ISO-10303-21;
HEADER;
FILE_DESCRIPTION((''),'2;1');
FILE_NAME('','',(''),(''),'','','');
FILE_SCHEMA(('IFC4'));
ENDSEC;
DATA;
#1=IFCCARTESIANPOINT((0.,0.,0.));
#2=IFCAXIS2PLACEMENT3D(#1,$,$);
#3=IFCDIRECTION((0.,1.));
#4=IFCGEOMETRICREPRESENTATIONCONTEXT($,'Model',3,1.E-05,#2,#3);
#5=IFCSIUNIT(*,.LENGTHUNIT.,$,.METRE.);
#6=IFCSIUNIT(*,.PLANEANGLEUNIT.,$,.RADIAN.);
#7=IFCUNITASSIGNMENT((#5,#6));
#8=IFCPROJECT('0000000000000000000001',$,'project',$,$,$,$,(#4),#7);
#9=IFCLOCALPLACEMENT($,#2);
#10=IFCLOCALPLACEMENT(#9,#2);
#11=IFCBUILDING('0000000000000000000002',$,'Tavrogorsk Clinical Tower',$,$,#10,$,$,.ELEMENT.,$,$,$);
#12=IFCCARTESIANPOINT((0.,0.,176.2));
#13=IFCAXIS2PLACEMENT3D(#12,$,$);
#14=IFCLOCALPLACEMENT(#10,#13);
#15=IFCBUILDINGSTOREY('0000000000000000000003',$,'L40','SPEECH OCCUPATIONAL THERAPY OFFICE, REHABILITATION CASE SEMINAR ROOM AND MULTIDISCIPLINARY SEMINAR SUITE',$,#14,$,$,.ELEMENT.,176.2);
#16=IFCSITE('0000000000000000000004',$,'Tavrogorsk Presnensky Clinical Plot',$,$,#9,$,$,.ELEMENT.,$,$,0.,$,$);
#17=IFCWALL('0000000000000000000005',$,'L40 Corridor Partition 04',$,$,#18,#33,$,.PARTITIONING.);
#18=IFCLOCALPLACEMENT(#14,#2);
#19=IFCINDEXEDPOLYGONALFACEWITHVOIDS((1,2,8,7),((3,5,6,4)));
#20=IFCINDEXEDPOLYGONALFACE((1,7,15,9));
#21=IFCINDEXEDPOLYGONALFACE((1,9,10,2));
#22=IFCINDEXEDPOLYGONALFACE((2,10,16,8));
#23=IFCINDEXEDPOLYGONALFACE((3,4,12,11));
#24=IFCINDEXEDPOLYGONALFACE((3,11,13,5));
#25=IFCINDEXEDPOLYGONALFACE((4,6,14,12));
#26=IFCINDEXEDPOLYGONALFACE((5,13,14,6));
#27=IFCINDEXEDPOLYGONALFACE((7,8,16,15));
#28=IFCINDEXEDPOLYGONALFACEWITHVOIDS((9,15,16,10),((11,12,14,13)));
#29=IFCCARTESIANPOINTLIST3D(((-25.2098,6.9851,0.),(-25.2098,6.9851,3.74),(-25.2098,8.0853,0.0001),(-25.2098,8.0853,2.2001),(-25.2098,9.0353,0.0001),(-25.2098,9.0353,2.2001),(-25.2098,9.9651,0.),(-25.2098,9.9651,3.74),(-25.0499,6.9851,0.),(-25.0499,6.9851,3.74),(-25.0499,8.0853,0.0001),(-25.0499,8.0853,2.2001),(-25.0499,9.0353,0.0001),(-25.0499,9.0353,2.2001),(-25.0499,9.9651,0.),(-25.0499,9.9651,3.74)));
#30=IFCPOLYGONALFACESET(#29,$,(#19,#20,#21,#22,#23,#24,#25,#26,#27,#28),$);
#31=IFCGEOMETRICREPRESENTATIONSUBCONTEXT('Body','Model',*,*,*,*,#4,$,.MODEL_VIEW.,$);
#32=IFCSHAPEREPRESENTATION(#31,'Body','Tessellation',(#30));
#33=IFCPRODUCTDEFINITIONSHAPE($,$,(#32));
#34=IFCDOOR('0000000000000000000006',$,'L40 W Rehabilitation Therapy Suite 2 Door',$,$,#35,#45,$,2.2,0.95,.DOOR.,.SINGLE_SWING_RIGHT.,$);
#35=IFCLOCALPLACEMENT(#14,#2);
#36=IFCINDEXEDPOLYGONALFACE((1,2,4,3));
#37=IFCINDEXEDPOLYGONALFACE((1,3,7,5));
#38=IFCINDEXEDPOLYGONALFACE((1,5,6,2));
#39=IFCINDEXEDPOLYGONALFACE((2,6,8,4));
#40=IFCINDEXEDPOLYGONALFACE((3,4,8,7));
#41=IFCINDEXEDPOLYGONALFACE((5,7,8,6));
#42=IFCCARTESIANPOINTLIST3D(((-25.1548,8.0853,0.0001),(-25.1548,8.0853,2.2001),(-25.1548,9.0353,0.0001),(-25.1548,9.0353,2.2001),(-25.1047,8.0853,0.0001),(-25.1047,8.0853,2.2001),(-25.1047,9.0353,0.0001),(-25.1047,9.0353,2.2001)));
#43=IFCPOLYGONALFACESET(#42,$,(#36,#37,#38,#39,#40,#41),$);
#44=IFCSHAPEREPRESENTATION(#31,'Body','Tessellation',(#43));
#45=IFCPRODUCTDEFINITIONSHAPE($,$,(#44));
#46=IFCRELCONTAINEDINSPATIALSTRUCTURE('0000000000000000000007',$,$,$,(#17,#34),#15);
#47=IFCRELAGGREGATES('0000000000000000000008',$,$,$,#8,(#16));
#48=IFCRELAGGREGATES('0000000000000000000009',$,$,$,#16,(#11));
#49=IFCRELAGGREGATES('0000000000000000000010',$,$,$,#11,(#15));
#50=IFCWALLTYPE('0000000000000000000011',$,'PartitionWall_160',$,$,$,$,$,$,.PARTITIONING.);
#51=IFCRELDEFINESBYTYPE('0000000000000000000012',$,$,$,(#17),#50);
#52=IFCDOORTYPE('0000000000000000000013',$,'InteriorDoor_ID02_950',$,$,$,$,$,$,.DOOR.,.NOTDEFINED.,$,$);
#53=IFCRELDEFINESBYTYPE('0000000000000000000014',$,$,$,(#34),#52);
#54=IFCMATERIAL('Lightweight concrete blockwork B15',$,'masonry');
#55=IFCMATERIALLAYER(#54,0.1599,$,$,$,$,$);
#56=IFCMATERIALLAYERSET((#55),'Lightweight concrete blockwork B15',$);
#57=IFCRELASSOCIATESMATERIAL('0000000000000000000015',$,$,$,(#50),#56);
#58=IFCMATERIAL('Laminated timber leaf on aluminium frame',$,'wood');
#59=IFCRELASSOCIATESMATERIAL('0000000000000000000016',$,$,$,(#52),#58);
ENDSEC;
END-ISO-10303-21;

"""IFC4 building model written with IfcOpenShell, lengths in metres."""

from ifc_helpers import new_model, si_unit, direction, frame, frame_2d, origin, place, context, subcontext, project, spatial, rectangle, extrude, material, layer, layer_set, type_object, element, fill, save


model = new_model("IFC4")

# Units and contexts
model_context = context("Model", 3, precision=1e-05, world=origin(), true_north=direction((0.0, 1.0)))
body_context = subcontext(model_context, "Body", "Model", "MODEL_VIEW")
ifc_project = project(units=[si_unit("LENGTHUNIT", "METRE"), si_unit("PLANEANGLEUNIT", "RADIAN")], contexts=[model_context])

# Site, building, storey
site_placement = place(None, origin())
site = spatial("IfcSite", under=ifc_project, at=site_placement, Name="Tavrogorsk Presnensky Clinical Plot", CompositionType="ELEMENT", RefElevation=0.0)
building_placement = place(site_placement, origin())
building = spatial("IfcBuilding", under=site, at=building_placement, Name="Tavrogorsk Clinical Tower", CompositionType="ELEMENT")
storey_placement = place(building_placement, frame((0.0, 0.0, 176.2)))
storey = spatial("IfcBuildingStorey", under=building, at=storey_placement, Name="L40", Description="SPEECH OCCUPATIONAL THERAPY OFFICE, REHABILITATION CASE SEMINAR ROOM AND MULTIDISCIPLINARY SEMINAR SUITE", CompositionType="ELEMENT", Elevation=176.2)

# Wall, opening, door
ifc_material_1 = material(Name="Lightweight concrete blockwork B15", Category="masonry")
ifc_layer_1 = layer(ifc_material_1, 0.1599)
ifc_layer_set_1 = layer_set([ifc_layer_1], Name="Lightweight concrete blockwork B15")
wall_type_1 = type_object("IfcWallType", Name="PartitionWall_160", PredefinedType="PARTITIONING", material=ifc_layer_set_1)
wall_1_placement = place(storey_placement, frame((-25.1299, 6.9851, 0.0), z_axis=(0.0, 0.0, 1.0), x_axis=(0.0, 1.0, 0.0)))
wall_1 = element("IfcWall", 1, at=wall_1_placement, inside=storey, type_object=wall_type_1, Name="L40 Corridor Partition 04", PredefinedType="PARTITIONING", context=body_context, shape_type="SweptSolid", body=[
    extrude(rectangle(XDim=2.98, YDim=0.1599, at=frame_2d((1.49, 0.0))), origin(), (0.0, 0.0, 1.0), 3.74),
])
opening_1_placement = place(wall_1_placement, frame((1.1001, 0.0, 0.0)))
opening_1 = element("IfcOpeningElement", 2, at=opening_1_placement, cuts=wall_1, PredefinedType="OPENING", context=body_context, shape_type="SweptSolid", body=[
    extrude(rectangle(XDim=0.95, YDim=2.2, at=frame_2d((0.4751, 1.1001))), frame((0.0, 0.0898, 0.0), z_axis=(0.0, -1.0, 0.0), x_axis=(1.0, 0.0, 0.0)), (0.0, 0.0, 1.0), 0.1799),
])
ifc_material_2 = material(Name="Laminated timber leaf on aluminium frame", Category="wood")
door_type_1 = type_object("IfcDoorType", Name="InteriorDoor_ID02_950", OperationType="NOTDEFINED", PredefinedType="DOOR", material=ifc_material_2)
door_1_placement = place(opening_1_placement, origin())
door_1 = element("IfcDoor", 3, at=door_1_placement, inside=storey, type_object=door_type_1, Name="L40 W Rehabilitation Therapy Suite 2 Door", OperationType="SINGLE_SWING_RIGHT", OverallHeight=2.2, OverallWidth=0.95, PredefinedType="DOOR", context=body_context, shape_type="SweptSolid", body=[
    extrude(rectangle(XDim=0.95, YDim=2.2, at=frame_2d((0.4751, 1.1001))), frame((0.0, 0.0249, 0.0), z_axis=(0.0, -1.0, 0.0), x_axis=(1.0, 0.0, 0.0)), (0.0, 0.0, 1.0), 0.05),
])
fill(opening_1, door_1)

save(model, "model.ifc")
